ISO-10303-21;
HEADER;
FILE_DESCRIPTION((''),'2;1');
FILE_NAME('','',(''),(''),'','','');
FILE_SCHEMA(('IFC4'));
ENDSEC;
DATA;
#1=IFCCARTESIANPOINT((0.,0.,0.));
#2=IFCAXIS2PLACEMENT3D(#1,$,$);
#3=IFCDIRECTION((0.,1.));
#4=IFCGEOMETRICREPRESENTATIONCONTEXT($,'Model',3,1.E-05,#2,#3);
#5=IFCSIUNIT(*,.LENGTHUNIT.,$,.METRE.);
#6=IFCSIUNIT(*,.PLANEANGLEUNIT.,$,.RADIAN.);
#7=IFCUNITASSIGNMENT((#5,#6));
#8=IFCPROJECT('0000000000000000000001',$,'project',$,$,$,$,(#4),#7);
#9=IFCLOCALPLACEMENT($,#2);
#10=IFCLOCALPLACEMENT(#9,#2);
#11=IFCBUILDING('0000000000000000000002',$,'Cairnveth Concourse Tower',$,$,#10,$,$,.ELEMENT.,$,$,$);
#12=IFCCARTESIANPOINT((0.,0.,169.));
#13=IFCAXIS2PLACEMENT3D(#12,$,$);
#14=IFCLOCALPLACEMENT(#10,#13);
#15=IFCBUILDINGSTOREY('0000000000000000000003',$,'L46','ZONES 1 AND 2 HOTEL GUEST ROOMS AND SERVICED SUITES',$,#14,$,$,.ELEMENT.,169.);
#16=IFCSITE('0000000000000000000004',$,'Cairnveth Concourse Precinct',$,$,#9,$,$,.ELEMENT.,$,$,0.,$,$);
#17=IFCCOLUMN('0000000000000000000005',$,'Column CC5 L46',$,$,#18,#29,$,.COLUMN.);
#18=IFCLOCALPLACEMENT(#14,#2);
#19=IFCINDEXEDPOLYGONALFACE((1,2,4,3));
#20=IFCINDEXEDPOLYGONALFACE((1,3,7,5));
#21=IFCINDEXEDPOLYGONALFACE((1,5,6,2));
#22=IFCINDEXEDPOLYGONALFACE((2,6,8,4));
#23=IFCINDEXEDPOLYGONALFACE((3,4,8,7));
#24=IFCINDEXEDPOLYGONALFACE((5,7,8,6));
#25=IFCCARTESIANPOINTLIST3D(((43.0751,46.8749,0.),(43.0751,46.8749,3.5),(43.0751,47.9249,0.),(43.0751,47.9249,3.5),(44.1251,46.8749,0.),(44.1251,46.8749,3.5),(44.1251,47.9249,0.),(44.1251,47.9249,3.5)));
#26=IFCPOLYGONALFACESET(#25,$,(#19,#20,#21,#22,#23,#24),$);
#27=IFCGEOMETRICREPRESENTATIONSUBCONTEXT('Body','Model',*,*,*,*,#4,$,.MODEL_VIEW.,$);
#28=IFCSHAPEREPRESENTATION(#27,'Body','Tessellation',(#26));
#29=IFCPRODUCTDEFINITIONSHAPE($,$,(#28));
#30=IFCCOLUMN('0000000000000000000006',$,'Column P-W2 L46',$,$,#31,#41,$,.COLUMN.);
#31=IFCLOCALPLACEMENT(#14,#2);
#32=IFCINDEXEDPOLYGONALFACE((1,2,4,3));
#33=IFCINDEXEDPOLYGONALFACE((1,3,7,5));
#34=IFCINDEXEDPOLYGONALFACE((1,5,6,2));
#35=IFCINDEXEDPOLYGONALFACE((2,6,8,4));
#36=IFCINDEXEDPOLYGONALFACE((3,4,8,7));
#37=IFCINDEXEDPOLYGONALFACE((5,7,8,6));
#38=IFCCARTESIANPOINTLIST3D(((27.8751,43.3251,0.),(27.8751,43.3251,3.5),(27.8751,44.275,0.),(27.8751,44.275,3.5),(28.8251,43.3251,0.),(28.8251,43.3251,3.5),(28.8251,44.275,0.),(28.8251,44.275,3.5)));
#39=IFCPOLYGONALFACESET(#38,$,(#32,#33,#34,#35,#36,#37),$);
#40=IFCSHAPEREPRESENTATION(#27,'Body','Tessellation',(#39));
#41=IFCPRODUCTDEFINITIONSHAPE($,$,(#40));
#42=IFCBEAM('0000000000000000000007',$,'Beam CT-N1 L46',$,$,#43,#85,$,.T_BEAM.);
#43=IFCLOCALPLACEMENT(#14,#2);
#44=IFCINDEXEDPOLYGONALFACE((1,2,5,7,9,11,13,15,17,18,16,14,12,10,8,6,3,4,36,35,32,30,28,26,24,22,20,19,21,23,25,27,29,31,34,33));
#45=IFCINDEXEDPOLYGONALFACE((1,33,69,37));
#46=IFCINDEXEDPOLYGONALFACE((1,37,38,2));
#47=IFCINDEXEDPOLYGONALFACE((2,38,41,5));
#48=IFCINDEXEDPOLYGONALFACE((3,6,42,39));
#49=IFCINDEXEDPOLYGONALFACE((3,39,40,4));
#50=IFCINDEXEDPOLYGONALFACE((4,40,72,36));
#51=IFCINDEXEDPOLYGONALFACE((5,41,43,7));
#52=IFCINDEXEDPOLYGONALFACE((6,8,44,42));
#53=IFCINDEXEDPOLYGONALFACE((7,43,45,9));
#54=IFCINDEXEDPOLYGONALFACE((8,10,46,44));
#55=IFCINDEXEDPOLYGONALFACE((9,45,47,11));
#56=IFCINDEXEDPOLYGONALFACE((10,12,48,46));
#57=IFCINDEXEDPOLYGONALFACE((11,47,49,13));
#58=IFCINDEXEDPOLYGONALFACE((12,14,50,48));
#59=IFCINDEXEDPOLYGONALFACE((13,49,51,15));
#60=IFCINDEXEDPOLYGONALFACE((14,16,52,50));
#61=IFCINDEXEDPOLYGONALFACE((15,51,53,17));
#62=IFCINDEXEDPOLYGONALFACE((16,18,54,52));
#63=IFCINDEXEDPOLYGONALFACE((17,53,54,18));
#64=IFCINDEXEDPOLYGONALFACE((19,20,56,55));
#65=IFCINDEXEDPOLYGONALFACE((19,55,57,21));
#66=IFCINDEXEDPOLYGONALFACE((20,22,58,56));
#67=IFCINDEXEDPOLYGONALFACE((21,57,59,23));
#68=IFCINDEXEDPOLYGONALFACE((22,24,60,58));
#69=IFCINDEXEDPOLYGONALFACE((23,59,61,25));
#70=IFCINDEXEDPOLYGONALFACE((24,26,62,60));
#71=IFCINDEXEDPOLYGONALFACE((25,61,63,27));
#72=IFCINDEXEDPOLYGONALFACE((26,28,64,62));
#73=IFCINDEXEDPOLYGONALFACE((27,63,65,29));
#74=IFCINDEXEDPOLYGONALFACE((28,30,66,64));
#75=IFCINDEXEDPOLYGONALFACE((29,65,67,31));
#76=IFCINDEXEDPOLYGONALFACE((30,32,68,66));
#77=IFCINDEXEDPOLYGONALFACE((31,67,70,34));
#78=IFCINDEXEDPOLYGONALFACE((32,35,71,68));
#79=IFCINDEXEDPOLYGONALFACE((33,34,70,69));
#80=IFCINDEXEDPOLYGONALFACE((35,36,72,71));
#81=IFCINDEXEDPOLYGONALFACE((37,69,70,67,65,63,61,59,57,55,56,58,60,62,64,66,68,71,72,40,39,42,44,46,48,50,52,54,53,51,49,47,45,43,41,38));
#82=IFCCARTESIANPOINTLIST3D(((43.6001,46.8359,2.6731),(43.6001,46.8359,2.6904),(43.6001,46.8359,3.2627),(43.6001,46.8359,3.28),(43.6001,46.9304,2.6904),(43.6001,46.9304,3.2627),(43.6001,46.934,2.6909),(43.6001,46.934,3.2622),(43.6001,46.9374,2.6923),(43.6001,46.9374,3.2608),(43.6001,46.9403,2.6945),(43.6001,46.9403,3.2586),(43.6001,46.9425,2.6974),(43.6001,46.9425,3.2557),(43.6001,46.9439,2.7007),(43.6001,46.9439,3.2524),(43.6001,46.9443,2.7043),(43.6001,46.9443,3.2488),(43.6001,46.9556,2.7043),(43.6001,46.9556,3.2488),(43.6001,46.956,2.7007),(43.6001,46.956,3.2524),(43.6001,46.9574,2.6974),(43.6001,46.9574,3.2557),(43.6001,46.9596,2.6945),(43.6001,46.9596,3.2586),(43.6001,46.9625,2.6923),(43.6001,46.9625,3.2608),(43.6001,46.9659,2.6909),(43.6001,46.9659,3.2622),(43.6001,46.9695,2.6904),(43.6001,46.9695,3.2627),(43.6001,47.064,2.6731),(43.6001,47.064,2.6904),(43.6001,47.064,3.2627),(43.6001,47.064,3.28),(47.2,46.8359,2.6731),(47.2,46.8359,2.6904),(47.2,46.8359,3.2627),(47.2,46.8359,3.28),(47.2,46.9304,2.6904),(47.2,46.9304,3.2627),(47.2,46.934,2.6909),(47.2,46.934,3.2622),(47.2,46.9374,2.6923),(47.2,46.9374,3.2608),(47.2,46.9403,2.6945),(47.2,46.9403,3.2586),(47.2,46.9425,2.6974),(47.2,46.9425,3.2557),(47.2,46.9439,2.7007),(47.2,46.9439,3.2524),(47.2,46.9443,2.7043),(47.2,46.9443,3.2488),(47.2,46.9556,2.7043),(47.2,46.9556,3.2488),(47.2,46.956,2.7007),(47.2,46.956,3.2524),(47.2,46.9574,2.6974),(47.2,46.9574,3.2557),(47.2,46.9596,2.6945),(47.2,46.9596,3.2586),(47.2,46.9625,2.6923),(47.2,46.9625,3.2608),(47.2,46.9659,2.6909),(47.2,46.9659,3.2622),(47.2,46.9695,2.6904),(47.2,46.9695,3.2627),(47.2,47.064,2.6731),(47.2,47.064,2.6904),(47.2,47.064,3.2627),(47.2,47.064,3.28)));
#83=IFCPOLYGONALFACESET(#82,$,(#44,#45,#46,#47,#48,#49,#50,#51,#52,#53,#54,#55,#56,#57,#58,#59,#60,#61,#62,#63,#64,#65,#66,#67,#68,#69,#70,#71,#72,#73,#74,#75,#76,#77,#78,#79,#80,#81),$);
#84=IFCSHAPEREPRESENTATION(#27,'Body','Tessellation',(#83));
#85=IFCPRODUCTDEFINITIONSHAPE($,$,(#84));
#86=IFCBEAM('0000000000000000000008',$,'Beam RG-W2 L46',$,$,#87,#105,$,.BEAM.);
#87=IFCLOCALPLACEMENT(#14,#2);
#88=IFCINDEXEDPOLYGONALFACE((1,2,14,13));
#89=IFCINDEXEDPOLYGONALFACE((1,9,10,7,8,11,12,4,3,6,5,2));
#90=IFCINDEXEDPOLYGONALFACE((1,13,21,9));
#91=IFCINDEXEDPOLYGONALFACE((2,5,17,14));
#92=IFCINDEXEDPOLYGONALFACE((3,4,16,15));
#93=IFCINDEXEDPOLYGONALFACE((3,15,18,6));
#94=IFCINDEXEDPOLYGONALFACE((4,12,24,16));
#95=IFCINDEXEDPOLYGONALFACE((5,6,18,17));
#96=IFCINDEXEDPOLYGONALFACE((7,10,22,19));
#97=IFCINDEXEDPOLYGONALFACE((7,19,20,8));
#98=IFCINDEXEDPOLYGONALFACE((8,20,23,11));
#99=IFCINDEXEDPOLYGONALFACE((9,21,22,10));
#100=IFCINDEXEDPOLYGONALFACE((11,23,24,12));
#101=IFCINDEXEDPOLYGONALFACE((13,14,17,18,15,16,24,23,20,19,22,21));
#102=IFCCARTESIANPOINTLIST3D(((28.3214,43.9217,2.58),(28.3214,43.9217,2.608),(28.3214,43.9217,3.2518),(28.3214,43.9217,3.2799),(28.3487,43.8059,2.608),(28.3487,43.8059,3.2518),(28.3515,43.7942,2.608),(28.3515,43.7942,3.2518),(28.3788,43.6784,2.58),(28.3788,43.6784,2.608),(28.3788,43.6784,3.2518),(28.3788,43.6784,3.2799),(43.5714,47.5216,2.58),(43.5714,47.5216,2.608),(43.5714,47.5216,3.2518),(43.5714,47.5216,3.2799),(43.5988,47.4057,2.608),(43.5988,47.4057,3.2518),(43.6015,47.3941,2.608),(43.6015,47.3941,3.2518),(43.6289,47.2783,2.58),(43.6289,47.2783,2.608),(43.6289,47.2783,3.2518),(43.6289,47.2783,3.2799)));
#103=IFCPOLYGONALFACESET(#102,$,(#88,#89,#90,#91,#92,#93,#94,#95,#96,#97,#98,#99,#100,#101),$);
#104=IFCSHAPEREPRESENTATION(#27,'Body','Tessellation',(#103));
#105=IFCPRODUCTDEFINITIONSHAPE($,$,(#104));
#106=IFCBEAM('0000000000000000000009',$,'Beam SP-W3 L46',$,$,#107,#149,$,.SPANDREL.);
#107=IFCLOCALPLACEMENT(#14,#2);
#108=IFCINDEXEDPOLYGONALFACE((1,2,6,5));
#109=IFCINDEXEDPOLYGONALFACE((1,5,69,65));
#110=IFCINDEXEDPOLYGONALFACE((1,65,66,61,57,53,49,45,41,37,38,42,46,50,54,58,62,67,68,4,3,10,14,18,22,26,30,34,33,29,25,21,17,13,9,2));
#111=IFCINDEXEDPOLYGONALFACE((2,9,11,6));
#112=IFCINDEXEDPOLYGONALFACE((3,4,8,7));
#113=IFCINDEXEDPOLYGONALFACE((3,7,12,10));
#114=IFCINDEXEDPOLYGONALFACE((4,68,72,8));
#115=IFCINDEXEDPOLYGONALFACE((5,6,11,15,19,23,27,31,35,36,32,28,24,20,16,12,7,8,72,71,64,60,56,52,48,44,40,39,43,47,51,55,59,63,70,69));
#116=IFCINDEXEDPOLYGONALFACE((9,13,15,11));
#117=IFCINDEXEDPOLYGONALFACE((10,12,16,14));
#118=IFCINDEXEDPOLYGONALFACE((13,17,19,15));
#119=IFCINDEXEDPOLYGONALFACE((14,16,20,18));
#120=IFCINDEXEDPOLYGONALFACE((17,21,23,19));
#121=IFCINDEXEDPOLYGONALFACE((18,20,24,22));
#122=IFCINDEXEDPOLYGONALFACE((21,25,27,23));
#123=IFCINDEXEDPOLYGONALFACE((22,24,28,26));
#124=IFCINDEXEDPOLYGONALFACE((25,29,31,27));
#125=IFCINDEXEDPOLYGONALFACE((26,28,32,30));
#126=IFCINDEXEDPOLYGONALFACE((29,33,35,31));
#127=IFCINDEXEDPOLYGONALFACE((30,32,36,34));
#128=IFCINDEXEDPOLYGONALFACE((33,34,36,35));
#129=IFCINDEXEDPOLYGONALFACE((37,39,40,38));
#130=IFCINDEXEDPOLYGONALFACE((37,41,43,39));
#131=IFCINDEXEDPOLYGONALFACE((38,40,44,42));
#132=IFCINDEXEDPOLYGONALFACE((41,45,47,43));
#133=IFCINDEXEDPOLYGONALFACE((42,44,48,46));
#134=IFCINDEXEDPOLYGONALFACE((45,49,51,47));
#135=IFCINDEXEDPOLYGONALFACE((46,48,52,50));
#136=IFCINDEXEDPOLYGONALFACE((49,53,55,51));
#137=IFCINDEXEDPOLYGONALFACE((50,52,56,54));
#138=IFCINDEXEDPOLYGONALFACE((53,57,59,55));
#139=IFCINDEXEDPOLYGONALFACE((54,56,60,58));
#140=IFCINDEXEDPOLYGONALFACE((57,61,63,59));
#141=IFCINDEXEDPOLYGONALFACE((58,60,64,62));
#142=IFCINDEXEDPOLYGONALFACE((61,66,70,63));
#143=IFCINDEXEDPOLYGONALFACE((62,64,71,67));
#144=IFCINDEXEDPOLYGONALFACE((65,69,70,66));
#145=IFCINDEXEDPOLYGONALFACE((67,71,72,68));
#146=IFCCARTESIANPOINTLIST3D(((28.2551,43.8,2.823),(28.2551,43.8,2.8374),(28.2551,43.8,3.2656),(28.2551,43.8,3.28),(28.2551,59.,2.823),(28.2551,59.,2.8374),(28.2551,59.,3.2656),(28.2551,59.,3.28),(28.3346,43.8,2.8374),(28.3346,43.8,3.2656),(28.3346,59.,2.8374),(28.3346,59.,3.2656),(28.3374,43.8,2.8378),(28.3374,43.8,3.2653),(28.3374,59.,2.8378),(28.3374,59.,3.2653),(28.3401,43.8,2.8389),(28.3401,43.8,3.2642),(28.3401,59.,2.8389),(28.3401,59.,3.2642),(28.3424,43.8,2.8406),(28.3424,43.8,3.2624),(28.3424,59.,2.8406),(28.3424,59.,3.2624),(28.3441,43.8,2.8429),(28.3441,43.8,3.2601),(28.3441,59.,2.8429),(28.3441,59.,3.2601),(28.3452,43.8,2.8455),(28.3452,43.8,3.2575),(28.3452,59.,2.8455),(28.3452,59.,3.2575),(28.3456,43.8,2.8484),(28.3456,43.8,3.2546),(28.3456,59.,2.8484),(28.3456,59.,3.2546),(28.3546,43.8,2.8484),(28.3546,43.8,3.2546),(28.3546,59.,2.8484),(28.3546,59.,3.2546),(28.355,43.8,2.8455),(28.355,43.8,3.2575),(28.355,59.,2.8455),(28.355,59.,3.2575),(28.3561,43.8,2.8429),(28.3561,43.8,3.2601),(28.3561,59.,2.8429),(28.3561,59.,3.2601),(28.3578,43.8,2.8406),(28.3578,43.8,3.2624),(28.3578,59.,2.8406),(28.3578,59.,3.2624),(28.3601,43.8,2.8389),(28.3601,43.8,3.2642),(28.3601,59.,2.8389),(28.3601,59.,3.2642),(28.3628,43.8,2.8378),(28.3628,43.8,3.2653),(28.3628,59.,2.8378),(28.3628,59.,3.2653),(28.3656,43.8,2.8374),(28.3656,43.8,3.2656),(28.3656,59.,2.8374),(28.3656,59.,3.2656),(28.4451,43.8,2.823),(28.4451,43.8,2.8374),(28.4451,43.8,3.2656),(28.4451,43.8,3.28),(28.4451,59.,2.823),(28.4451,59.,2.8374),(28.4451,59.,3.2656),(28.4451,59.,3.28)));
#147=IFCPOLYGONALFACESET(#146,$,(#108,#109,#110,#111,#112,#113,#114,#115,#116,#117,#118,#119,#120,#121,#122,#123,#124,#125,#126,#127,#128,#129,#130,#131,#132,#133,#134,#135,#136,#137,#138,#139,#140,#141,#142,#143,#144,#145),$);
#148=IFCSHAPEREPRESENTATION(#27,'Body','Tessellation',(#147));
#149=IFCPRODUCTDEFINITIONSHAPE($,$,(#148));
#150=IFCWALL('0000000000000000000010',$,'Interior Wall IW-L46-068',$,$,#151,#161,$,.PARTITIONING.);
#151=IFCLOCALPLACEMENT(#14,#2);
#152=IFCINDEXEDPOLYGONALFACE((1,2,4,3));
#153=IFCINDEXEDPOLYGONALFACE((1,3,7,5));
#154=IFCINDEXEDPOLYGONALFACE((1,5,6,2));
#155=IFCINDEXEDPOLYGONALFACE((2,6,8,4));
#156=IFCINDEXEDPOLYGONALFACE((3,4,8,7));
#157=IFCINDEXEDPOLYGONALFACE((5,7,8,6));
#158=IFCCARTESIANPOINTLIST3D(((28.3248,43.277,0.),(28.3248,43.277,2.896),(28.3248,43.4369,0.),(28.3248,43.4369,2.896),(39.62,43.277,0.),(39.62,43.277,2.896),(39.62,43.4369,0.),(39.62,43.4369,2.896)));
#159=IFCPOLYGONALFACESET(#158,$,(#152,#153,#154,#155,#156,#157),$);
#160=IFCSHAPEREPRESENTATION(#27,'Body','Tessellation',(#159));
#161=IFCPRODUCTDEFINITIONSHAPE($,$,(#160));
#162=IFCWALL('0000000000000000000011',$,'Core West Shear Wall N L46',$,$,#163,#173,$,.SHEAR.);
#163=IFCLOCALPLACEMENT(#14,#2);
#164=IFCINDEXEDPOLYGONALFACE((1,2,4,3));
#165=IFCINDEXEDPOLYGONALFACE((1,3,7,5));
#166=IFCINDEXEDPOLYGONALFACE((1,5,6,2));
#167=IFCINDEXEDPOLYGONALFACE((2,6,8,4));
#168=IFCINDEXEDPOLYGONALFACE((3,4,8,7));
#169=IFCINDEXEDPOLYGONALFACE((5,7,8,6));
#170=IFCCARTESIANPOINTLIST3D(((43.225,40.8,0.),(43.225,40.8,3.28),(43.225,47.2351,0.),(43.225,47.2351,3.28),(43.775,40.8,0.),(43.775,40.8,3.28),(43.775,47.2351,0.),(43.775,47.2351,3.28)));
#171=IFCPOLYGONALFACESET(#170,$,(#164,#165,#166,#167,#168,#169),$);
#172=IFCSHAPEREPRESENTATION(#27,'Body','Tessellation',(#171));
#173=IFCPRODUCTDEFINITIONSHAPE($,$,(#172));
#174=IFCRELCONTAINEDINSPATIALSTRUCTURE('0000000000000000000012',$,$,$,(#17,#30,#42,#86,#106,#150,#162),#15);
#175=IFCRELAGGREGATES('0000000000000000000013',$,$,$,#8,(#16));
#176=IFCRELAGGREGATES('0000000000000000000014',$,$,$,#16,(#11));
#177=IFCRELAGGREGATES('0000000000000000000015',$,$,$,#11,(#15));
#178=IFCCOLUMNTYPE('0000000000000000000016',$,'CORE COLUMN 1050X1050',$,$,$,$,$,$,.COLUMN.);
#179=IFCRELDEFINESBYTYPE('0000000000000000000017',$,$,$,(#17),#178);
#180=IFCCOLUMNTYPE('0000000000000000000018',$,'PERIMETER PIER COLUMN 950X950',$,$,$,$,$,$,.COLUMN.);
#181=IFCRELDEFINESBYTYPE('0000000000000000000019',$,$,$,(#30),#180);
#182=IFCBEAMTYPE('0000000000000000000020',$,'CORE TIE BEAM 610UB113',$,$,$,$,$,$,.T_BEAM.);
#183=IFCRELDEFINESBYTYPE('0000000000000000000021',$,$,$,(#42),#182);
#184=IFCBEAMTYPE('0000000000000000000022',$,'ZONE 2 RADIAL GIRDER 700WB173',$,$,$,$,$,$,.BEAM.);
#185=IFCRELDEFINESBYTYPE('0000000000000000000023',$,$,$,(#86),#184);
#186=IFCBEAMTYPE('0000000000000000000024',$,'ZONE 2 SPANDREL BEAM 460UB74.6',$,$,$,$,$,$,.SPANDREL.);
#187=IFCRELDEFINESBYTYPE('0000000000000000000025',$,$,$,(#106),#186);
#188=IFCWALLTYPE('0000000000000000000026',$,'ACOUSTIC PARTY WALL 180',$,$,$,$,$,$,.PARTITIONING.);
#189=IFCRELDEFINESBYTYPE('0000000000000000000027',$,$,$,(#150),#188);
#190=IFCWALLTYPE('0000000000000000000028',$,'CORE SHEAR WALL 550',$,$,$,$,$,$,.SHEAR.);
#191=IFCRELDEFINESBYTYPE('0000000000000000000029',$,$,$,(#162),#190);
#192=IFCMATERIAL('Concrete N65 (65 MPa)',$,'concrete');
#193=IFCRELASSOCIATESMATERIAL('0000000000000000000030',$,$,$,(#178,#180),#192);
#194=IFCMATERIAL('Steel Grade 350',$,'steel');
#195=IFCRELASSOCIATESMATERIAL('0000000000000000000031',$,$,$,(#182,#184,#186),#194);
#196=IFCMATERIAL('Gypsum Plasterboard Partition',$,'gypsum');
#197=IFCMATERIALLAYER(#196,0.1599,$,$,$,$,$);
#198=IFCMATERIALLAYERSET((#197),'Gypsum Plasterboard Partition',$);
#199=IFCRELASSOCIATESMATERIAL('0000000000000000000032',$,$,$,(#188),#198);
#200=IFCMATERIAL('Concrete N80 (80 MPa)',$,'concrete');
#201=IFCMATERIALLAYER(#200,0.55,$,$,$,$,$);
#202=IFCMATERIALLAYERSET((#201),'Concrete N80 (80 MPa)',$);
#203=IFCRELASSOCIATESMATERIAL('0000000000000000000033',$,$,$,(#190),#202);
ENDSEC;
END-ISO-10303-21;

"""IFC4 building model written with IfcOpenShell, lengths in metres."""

from ifc_helpers import new_model, si_unit, direction, frame, frame_2d, origin, origin_2d, place, context, subcontext, project, spatial, rectangle, i_section, extrude, material, layer, layer_set, material_profile, profile_set, type_object, element, save


model = new_model("IFC4")

# Units and contexts
model_context = context("Model", 3, precision=1e-05, world=origin(), true_north=direction((0.0, 1.0)))
body_context = subcontext(model_context, "Body", "Model", "MODEL_VIEW")
ifc_project = project(units=[si_unit("LENGTHUNIT", "METRE"), si_unit("PLANEANGLEUNIT", "RADIAN")], contexts=[model_context])

# Site, building, storey
site_placement = place(None, origin())
site = spatial("IfcSite", under=ifc_project, at=site_placement, Name="Cairnveth Concourse Precinct", CompositionType="ELEMENT", RefElevation=0.0)
building_placement = place(site_placement, origin())
building = spatial("IfcBuilding", under=site, at=building_placement, Name="Cairnveth Concourse Tower", CompositionType="ELEMENT")
storey_placement = place(building_placement, frame((0.0, 0.0, 169.0)))
storey = spatial("IfcBuildingStorey", under=building, at=storey_placement, Name="L46", Description="ZONES 1 AND 2 HOTEL GUEST ROOMS AND SERVICED SUITES", CompositionType="ELEMENT", Elevation=169.0)

# Columns
ifc_material_1 = material(Name="Concrete N65 (65 MPa)", Category="concrete")
ifc_material_profile_1 = material_profile(ifc_material_1, rectangle(XDim=1.05, YDim=1.05, at=origin_2d()), Name="RC-COL-1050x1050")
ifc_profile_set_1 = profile_set([ifc_material_profile_1], Name="Concrete N65 (65 MPa)")
column_type_1 = type_object("IfcColumnType", Name="CORE COLUMN 1050X1050", PredefinedType="COLUMN", material=ifc_profile_set_1)
column_1_placement = place(storey_placement, frame((43.6001, 47.3999, 0.0), z_axis=(0.0, 0.0, 1.0), x_axis=(1.0, 0.0, 0.0)))
element("IfcColumn", 1, at=column_1_placement, inside=storey, type_object=column_type_1, Name="Column CC5 L46", PredefinedType="COLUMN", context=body_context, shape_type="SweptSolid", body=[
    extrude(rectangle(XDim=1.05, YDim=1.05, at=origin_2d()), origin(), (0.0, 0.0, 1.0), 3.5),
])
ifc_material_profile_2 = material_profile(ifc_material_1, rectangle(XDim=0.95, YDim=0.95, at=origin_2d()), Name="RC-COL-950x950")
ifc_profile_set_2 = profile_set([ifc_material_profile_2], Name="Concrete N65 (65 MPa)")
column_type_2 = type_object("IfcColumnType", Name="PERIMETER PIER COLUMN 950X950", PredefinedType="COLUMN", material=ifc_profile_set_2)
column_2_placement = place(storey_placement, frame((28.3501, 43.8, 0.0), z_axis=(0.0, 0.0, 1.0), x_axis=(0.0, 1.0, 0.0)))
element("IfcColumn", 2, at=column_2_placement, inside=storey, type_object=column_type_2, Name="Column P-W2 L46", PredefinedType="COLUMN", context=body_context, shape_type="SweptSolid", body=[
    extrude(rectangle(XDim=0.95, YDim=0.95, at=origin_2d()), origin(), (0.0, 0.0, 1.0), 3.5),
])

# Beams
ifc_material_2 = material(Name="Steel Grade 350", Category="steel")
ifc_material_profile_3 = material_profile(ifc_material_2, i_section(OverallWidth=0.228, OverallDepth=0.6069, WebThickness=0.0112, FlangeThickness=0.0173, FilletRadius=0.0139, at=origin_2d()), Name="610UB113")
ifc_profile_set_3 = profile_set([ifc_material_profile_3], Name="Steel Grade 350")
beam_type_1 = type_object("IfcBeamType", Name="CORE TIE BEAM 610UB113", PredefinedType="T_BEAM", material=ifc_profile_set_3)
beam_1_placement = place(storey_placement, frame((43.6001, 46.95, 2.9766), z_axis=(1.0, 0.0, 0.0), x_axis=(0.0, 1.0, 0.0)))
element("IfcBeam", 3, at=beam_1_placement, inside=storey, type_object=beam_type_1, Name="Beam CT-N1 L46", PredefinedType="T_BEAM", context=body_context, shape_type="SweptSolid", body=[
    extrude(i_section(OverallWidth=0.228, OverallDepth=0.6069, WebThickness=0.0112, FlangeThickness=0.0173, FilletRadius=0.0139, at=origin_2d()), origin(), (0.0, 0.0, 1.0), 3.5999),
])
ifc_material_profile_4 = material_profile(ifc_material_2, i_section(OverallWidth=0.25, OverallDepth=0.7, WebThickness=0.012, FlangeThickness=0.0281, at=origin_2d()), Name="700WB173")
ifc_profile_set_4 = profile_set([ifc_material_profile_4], Name="Steel Grade 350")
beam_type_2 = type_object("IfcBeamType", Name="ZONE 2 RADIAL GIRDER 700WB173", PredefinedType="BEAM", material=ifc_profile_set_4)
beam_2_placement = place(storey_placement, frame((28.3501, 43.8, 2.9299), z_axis=(0.973252, 0.229742, 0.0), x_axis=(-0.229742, 0.973252, 0.0)))
element("IfcBeam", 4, at=beam_2_placement, inside=storey, type_object=beam_type_2, Name="Beam RG-W2 L46", PredefinedType="BEAM", context=body_context, shape_type="SweptSolid", body=[
    extrude(i_section(OverallWidth=0.25, OverallDepth=0.7, WebThickness=0.012, FlangeThickness=0.0281, at=origin_2d()), origin(), (0.0, 0.0, 1.0), 15.6692),
])
ifc_material_profile_5 = material_profile(ifc_material_2, i_section(OverallWidth=0.1899, OverallDepth=0.457, WebThickness=0.009, FlangeThickness=0.0144, FilletRadius=0.011, at=origin_2d()), Name="460UB74.6")
ifc_profile_set_5 = profile_set([ifc_material_profile_5], Name="Steel Grade 350")
beam_type_3 = type_object("IfcBeamType", Name="ZONE 2 SPANDREL BEAM 460UB74.6", PredefinedType="SPANDREL", material=ifc_profile_set_5)
beam_3_placement = place(storey_placement, frame((28.3501, 43.8, 3.0515), z_axis=(0.0, 1.0, 0.0), x_axis=(-1.0, 0.0, 0.0)))
element("IfcBeam", 5, at=beam_3_placement, inside=storey, type_object=beam_type_3, Name="Beam SP-W3 L46", PredefinedType="SPANDREL", context=body_context, shape_type="SweptSolid", body=[
    extrude(i_section(OverallWidth=0.1899, OverallDepth=0.457, WebThickness=0.009, FlangeThickness=0.0144, FilletRadius=0.011, at=origin_2d()), origin(), (0.0, 0.0, 1.0), 15.2),
])

# Walls
ifc_material_3 = material(Name="Gypsum Plasterboard Partition", Category="gypsum")
ifc_layer_1 = layer(ifc_material_3, 0.1599)
ifc_layer_set_1 = layer_set([ifc_layer_1], Name="Gypsum Plasterboard Partition")
wall_type_1 = type_object("IfcWallType", Name="ACOUSTIC PARTY WALL 180", PredefinedType="PARTITIONING", material=ifc_layer_set_1)
wall_1_placement = place(storey_placement, frame((28.325, 43.3569, 0.0), z_axis=(0.0, 0.0, 1.0), x_axis=(1.0, 0.0, 0.0)))
element("IfcWall", 6, at=wall_1_placement, inside=storey, type_object=wall_type_1, Name="Interior Wall IW-L46-068", PredefinedType="PARTITIONING", context=body_context, shape_type="SweptSolid", body=[
    extrude(rectangle(XDim=11.2952, YDim=0.1599, at=frame_2d((5.6475, 0.0))), origin(), (0.0, 0.0, 1.0), 2.896),
])
ifc_material_4 = material(Name="Concrete N80 (80 MPa)", Category="concrete")
ifc_layer_2 = layer(ifc_material_4, 0.55)
ifc_layer_set_2 = layer_set([ifc_layer_2], Name="Concrete N80 (80 MPa)")
wall_type_2 = type_object("IfcWallType", Name="CORE SHEAR WALL 550", PredefinedType="SHEAR", material=ifc_layer_set_2)
wall_2_placement = place(storey_placement, frame((43.5, 40.8, 0.0), z_axis=(0.0, 0.0, 1.0), x_axis=(0.0, 1.0, 0.0)))
element("IfcWall", 7, at=wall_2_placement, inside=storey, type_object=wall_type_2, Name="Core West Shear Wall N L46", PredefinedType="SHEAR", context=body_context, shape_type="SweptSolid", body=[
    extrude(rectangle(XDim=6.4351, YDim=0.55, at=frame_2d((3.2175, 0.0))), origin(), (0.0, 0.0, 1.0), 3.28),
])

save(model, "model.ifc")
